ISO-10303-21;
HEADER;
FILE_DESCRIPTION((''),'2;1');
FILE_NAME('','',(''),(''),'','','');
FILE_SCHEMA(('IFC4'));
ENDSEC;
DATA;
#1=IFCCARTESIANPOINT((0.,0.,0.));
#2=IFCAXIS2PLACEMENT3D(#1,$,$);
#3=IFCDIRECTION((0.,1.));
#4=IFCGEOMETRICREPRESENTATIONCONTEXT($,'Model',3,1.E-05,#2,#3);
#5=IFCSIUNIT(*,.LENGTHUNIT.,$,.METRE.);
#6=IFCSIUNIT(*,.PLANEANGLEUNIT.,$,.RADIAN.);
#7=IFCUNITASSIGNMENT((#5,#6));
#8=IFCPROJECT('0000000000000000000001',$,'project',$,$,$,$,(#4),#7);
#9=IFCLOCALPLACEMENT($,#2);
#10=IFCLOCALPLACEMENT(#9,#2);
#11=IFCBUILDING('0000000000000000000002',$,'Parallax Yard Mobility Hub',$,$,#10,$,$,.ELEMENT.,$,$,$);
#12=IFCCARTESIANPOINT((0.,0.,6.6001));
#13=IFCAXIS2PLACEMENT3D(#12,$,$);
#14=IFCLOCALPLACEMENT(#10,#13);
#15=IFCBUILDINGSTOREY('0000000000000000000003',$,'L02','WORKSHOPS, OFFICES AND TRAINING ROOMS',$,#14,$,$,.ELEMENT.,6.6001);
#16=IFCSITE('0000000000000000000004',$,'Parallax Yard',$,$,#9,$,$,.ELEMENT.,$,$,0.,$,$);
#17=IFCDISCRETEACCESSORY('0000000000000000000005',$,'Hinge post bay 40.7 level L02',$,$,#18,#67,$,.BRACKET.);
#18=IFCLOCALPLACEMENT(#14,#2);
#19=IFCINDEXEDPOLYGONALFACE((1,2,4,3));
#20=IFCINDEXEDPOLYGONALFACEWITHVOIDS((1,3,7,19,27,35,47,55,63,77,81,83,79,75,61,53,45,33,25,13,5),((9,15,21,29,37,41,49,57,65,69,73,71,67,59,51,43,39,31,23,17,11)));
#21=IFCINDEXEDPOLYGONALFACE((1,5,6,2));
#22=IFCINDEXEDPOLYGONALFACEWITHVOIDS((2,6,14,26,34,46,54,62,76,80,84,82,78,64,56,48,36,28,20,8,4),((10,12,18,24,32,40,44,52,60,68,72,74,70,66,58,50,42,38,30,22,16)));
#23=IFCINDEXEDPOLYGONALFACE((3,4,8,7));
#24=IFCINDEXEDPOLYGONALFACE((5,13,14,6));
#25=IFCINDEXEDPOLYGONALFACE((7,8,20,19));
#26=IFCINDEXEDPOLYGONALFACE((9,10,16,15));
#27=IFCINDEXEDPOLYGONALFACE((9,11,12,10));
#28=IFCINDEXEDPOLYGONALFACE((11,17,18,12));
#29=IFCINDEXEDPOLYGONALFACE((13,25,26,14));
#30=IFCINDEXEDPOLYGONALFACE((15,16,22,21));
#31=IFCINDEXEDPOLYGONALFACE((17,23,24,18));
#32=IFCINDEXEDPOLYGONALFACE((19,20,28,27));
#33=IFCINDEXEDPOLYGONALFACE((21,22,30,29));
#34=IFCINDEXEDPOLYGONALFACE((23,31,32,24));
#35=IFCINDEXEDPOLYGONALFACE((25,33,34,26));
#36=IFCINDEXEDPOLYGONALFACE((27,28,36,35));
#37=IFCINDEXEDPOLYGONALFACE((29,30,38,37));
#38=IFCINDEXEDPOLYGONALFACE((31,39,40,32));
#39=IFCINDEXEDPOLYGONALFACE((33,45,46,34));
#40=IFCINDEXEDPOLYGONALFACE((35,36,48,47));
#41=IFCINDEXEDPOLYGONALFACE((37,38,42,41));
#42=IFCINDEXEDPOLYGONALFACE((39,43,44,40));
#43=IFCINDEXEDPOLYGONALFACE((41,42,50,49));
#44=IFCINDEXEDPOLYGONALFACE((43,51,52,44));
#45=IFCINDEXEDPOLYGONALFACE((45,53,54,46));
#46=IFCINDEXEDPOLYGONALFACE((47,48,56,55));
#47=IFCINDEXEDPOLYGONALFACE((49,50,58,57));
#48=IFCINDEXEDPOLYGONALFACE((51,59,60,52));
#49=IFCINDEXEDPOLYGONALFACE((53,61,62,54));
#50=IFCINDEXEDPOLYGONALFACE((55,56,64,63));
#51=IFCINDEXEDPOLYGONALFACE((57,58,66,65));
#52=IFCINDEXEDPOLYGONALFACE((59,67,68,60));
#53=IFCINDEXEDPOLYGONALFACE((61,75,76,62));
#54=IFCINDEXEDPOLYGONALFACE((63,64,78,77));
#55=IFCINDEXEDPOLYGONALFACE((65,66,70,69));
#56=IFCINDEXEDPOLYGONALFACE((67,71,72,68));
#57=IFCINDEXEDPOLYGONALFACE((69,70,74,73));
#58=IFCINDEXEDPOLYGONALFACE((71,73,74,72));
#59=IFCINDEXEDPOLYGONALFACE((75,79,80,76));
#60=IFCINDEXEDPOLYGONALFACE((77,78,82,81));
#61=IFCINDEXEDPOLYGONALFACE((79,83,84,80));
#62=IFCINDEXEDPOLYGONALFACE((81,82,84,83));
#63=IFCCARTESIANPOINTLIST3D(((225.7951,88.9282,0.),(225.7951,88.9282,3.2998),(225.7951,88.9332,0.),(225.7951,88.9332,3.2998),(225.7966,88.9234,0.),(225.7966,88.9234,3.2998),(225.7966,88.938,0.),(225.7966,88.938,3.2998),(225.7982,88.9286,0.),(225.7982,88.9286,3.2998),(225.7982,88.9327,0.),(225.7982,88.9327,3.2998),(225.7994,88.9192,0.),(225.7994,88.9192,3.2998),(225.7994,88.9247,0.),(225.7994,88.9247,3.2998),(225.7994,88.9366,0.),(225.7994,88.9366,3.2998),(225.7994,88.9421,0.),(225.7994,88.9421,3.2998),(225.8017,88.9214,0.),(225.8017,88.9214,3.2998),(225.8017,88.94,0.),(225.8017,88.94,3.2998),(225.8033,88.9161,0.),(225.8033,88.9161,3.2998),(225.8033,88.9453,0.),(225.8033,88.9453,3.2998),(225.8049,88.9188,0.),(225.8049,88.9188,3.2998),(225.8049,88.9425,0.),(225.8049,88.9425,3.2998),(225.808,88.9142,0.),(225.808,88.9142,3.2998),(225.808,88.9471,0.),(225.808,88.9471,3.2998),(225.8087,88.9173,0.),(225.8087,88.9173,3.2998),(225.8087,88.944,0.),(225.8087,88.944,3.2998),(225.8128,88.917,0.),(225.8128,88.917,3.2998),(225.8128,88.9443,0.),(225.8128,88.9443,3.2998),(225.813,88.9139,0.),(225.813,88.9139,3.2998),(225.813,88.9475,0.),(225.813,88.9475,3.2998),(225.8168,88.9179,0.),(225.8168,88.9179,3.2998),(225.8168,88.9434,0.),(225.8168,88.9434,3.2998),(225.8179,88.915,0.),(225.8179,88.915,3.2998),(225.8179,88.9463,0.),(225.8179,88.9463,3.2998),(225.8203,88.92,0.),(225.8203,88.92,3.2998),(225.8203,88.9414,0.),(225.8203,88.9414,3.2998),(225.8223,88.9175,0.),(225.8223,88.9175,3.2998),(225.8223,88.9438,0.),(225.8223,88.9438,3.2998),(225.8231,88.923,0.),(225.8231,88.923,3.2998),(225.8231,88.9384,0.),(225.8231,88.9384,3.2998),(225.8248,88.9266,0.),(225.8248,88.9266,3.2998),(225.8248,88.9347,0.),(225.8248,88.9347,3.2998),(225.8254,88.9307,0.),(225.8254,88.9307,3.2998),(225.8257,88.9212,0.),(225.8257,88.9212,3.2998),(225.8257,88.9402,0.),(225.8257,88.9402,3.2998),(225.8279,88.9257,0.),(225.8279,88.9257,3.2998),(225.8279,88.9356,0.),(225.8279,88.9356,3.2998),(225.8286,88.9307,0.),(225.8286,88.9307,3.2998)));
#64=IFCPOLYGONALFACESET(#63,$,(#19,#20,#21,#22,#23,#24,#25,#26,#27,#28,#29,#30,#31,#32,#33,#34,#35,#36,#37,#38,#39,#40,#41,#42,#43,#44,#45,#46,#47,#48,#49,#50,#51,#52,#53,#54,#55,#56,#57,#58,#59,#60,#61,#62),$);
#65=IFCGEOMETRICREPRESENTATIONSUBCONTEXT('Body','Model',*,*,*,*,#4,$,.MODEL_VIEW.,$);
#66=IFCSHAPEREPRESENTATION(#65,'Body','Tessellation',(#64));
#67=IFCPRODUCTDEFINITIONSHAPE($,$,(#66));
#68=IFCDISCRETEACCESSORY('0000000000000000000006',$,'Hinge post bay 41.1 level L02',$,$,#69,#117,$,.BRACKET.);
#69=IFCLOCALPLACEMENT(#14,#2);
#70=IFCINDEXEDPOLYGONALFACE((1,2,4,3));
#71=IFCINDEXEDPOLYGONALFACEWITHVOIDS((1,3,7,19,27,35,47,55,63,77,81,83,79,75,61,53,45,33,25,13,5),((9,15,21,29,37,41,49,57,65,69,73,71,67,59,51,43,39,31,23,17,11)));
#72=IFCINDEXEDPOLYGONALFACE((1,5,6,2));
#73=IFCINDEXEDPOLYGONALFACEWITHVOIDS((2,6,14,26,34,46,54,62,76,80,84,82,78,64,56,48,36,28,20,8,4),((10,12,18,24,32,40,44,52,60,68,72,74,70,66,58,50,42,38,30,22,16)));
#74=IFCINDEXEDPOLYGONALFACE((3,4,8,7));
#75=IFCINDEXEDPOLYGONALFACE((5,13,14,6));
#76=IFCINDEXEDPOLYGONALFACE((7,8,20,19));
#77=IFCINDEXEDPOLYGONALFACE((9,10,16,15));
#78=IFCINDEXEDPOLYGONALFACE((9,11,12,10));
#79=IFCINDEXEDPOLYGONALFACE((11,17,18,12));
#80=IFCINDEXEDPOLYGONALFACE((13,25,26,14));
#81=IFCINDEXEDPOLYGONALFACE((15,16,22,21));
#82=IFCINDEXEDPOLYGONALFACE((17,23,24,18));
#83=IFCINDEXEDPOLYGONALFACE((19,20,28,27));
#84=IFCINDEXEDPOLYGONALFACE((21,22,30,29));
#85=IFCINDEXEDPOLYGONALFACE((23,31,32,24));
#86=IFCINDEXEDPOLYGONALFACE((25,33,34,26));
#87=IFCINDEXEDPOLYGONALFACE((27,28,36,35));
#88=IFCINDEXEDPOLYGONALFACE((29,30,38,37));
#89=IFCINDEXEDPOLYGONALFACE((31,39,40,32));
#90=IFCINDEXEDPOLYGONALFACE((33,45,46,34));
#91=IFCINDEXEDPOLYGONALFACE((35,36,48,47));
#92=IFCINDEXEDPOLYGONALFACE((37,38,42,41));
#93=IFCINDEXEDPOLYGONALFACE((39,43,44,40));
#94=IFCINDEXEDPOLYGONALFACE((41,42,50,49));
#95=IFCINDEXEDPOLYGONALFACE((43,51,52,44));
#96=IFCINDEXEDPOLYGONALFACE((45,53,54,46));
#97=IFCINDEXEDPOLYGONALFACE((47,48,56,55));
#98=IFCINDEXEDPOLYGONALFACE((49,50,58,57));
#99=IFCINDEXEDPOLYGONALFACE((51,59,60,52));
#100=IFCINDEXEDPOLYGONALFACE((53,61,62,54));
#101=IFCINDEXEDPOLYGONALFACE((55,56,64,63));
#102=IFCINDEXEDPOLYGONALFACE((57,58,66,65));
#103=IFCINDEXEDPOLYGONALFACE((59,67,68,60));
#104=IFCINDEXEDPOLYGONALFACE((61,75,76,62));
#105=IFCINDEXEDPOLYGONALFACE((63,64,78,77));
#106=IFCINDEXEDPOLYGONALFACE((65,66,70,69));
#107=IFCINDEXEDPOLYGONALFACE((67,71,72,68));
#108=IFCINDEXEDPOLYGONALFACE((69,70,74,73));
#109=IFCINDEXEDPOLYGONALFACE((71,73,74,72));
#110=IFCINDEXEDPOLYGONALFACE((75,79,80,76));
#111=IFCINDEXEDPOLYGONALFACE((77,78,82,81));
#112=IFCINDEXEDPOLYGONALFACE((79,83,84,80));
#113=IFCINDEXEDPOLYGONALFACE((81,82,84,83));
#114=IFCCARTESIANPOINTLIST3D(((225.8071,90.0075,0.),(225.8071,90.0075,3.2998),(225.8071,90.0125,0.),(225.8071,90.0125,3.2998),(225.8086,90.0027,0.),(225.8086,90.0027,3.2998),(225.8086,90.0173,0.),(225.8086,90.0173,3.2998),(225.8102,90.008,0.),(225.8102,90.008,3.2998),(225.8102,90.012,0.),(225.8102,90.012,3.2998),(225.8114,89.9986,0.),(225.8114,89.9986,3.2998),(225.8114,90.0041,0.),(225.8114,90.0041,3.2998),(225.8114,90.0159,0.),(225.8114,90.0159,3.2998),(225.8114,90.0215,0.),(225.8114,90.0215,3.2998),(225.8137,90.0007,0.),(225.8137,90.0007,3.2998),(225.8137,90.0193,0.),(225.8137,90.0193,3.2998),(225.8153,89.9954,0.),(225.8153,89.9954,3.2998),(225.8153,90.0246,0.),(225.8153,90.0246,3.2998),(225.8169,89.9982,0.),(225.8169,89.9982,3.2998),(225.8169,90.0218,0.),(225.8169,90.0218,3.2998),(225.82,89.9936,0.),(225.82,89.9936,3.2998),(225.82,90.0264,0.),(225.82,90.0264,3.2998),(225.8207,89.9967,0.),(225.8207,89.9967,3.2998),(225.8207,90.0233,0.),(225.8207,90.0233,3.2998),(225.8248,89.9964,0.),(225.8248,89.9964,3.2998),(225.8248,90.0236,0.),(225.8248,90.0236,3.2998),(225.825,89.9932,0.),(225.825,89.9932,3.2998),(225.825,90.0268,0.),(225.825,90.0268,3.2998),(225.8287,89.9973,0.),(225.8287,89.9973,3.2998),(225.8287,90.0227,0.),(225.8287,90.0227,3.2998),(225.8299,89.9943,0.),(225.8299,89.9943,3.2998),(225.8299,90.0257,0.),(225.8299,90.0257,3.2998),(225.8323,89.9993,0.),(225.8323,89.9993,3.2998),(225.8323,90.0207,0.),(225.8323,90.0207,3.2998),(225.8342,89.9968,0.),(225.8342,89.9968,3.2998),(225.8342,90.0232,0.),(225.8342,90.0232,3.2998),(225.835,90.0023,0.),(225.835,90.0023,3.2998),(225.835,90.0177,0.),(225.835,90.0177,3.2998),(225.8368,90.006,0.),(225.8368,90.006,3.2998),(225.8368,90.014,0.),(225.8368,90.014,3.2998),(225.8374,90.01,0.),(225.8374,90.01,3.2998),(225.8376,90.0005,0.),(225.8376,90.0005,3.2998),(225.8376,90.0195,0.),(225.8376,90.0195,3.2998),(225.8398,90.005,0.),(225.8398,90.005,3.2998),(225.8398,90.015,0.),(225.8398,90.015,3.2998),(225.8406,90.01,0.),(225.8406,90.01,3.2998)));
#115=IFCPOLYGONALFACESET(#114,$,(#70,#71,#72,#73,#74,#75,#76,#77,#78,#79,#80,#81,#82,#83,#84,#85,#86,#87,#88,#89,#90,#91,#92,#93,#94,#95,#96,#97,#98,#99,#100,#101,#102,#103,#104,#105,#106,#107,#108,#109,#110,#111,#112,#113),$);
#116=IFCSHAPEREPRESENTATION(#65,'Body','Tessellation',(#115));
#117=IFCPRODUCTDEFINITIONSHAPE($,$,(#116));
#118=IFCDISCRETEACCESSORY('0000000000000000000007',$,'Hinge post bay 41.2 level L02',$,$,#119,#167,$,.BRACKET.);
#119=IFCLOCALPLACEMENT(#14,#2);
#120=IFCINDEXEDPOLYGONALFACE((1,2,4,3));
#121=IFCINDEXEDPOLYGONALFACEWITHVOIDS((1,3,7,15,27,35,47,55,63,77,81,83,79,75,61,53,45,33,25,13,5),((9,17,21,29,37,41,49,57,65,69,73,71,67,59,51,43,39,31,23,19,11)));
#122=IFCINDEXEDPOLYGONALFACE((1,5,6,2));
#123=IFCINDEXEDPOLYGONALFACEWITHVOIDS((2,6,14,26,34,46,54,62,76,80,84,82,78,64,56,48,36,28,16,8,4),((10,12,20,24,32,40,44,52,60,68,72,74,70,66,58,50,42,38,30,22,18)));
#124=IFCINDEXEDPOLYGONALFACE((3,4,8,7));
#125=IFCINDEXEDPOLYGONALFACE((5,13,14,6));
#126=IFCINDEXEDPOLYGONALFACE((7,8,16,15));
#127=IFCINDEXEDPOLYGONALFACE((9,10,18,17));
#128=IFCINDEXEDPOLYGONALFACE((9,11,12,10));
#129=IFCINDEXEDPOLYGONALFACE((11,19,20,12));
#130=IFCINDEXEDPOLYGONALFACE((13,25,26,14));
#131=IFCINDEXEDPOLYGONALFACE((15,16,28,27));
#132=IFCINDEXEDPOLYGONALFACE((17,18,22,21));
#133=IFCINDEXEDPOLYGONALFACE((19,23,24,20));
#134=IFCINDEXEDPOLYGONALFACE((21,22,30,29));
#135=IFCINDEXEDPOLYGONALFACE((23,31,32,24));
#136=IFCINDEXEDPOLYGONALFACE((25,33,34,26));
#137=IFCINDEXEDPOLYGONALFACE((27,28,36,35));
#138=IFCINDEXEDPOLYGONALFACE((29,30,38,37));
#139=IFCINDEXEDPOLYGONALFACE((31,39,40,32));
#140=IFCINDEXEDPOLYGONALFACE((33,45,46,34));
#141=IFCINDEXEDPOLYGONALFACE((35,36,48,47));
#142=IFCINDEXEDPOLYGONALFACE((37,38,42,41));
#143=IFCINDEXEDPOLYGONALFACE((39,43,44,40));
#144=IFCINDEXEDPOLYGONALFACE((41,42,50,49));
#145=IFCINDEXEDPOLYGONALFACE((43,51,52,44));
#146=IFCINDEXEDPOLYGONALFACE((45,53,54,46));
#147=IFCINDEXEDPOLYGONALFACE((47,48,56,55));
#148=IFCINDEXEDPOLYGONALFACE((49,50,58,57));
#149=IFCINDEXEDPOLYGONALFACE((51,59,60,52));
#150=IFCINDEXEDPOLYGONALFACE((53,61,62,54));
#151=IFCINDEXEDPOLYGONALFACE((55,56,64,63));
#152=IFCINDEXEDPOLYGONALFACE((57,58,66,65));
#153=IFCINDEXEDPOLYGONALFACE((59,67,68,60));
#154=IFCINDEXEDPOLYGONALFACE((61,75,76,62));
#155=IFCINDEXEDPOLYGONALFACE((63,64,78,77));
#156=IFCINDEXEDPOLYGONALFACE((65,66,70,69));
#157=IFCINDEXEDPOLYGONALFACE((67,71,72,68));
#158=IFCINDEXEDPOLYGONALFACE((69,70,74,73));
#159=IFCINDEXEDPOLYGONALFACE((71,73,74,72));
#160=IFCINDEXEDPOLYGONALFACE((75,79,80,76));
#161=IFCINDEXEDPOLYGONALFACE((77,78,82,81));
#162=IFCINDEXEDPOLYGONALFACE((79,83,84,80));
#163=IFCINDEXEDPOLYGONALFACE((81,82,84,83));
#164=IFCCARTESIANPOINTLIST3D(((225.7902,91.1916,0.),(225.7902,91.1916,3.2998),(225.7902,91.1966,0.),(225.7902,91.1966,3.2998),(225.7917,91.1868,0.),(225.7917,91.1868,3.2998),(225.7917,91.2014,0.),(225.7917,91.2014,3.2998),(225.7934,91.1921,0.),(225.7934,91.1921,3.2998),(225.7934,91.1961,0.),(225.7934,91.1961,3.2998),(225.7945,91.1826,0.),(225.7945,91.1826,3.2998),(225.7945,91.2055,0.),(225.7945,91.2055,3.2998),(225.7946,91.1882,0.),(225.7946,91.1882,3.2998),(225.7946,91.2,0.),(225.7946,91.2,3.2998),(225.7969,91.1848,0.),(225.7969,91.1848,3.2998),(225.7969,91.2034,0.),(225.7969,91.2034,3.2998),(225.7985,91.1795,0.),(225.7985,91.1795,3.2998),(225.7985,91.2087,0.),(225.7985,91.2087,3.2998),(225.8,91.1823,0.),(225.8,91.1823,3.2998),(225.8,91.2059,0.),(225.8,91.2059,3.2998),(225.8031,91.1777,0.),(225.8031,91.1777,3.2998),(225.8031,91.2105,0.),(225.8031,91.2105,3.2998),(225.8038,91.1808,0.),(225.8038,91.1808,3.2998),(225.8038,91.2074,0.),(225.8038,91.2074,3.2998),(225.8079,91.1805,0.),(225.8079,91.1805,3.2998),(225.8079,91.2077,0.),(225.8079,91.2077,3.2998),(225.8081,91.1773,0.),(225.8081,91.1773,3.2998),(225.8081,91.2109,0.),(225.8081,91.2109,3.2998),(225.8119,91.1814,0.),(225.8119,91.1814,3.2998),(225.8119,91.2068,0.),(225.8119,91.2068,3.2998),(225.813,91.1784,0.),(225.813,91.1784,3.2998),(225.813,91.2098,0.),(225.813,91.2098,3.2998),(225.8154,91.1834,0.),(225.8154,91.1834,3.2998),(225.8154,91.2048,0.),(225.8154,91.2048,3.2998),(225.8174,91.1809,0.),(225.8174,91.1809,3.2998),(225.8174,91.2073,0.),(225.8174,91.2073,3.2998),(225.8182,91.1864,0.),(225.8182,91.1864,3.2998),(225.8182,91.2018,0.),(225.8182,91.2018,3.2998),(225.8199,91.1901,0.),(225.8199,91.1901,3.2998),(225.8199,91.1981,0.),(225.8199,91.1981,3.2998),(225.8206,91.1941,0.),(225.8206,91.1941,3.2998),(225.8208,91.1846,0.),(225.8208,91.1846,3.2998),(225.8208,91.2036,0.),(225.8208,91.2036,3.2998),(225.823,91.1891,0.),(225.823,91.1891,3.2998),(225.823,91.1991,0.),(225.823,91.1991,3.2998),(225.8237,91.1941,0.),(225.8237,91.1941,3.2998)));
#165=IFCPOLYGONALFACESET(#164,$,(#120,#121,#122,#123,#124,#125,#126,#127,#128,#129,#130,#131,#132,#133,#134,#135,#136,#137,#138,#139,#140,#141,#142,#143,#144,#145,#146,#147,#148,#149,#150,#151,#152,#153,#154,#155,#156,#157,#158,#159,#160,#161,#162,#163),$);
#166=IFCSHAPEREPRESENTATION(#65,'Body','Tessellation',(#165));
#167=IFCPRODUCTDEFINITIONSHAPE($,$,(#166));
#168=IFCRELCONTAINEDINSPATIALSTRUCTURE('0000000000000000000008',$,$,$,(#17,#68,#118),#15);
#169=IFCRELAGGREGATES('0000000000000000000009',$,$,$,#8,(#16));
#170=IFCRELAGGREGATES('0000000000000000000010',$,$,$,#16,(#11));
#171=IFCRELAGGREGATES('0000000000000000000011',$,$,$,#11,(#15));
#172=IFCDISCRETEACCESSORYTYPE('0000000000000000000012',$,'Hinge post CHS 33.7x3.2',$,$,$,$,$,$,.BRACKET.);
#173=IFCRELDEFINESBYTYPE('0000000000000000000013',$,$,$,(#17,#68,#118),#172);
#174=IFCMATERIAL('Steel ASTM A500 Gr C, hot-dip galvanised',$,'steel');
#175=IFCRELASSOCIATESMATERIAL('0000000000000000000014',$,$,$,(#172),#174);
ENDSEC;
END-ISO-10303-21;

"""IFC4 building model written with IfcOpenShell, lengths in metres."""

from ifc_helpers import new_model, si_unit, direction, frame, origin, origin_2d, place, context, subcontext, project, spatial, hollow_circle, extrude, material, material_profile, profile_set, type_object, element, save


model = new_model("IFC4")

# Units and contexts
model_context = context("Model", 3, precision=1e-05, world=origin(), true_north=direction((0.0, 1.0)))
body_context = subcontext(model_context, "Body", "Model", "MODEL_VIEW")
ifc_project = project(units=[si_unit("LENGTHUNIT", "METRE"), si_unit("PLANEANGLEUNIT", "RADIAN")], contexts=[model_context])

# Site, building, storey
site_placement = place(None, origin())
site = spatial("IfcSite", under=ifc_project, at=site_placement, Name="Parallax Yard", CompositionType="ELEMENT", RefElevation=0.0)
building_placement = place(site_placement, origin())
building = spatial("IfcBuilding", under=site, at=building_placement, Name="Parallax Yard Mobility Hub", CompositionType="ELEMENT")
storey_placement = place(building_placement, frame((0.0, 0.0, 6.6001)))
storey = spatial("IfcBuildingStorey", under=building, at=storey_placement, Name="L02", Description="WORKSHOPS, OFFICES AND TRAINING ROOMS", CompositionType="ELEMENT", Elevation=6.6001)

# Discrete accessories
ifc_material_1 = material(Name="Steel ASTM A500 Gr C, hot-dip galvanised", Category="steel")
ifc_material_profile_1 = material_profile(ifc_material_1, hollow_circle(Radius=0.0168, WallThickness=0.0032, at=origin_2d()), Name="CHS 33.7x3.2")
ifc_profile_set_1 = profile_set([ifc_material_profile_1], Name="Steel ASTM A500 Gr C, hot-dip galvanised")
discrete_accessory_type_1 = type_object("IfcDiscreteAccessoryType", Name="Hinge post CHS 33.7x3.2", PredefinedType="BRACKET", material=ifc_profile_set_1)
for number, where, z_axis, x_axis, name in (
    (1, (225.8118, 88.9307, 0.0), (0.0, 0.0, 1.0), (1.0, 0.0, 0.0), "Hinge post bay 40.7 level L02"),
    (2, (225.8237, 90.01, 0.0), (0.0, 0.0, 1.0), (1.0, 0.0, 0.0), "Hinge post bay 41.1 level L02"),
    (3, (225.8069, 91.1941, 0.0), (0.0, 0.0, 1.0), (1.0, 0.0, 0.0), "Hinge post bay 41.2 level L02"),
):
    element("IfcDiscreteAccessory", number, at=place(storey_placement, frame(where, z_axis=z_axis, x_axis=x_axis)), inside=storey, type_object=discrete_accessory_type_1, Name=name, PredefinedType="BRACKET", context=body_context, shape_type="SweptSolid", body=[
        extrude(hollow_circle(Radius=0.0168, WallThickness=0.0032, at=origin_2d()), origin(), (0.0, 0.0, 1.0), 3.2998),
    ])

save(model, "model.ifc")
